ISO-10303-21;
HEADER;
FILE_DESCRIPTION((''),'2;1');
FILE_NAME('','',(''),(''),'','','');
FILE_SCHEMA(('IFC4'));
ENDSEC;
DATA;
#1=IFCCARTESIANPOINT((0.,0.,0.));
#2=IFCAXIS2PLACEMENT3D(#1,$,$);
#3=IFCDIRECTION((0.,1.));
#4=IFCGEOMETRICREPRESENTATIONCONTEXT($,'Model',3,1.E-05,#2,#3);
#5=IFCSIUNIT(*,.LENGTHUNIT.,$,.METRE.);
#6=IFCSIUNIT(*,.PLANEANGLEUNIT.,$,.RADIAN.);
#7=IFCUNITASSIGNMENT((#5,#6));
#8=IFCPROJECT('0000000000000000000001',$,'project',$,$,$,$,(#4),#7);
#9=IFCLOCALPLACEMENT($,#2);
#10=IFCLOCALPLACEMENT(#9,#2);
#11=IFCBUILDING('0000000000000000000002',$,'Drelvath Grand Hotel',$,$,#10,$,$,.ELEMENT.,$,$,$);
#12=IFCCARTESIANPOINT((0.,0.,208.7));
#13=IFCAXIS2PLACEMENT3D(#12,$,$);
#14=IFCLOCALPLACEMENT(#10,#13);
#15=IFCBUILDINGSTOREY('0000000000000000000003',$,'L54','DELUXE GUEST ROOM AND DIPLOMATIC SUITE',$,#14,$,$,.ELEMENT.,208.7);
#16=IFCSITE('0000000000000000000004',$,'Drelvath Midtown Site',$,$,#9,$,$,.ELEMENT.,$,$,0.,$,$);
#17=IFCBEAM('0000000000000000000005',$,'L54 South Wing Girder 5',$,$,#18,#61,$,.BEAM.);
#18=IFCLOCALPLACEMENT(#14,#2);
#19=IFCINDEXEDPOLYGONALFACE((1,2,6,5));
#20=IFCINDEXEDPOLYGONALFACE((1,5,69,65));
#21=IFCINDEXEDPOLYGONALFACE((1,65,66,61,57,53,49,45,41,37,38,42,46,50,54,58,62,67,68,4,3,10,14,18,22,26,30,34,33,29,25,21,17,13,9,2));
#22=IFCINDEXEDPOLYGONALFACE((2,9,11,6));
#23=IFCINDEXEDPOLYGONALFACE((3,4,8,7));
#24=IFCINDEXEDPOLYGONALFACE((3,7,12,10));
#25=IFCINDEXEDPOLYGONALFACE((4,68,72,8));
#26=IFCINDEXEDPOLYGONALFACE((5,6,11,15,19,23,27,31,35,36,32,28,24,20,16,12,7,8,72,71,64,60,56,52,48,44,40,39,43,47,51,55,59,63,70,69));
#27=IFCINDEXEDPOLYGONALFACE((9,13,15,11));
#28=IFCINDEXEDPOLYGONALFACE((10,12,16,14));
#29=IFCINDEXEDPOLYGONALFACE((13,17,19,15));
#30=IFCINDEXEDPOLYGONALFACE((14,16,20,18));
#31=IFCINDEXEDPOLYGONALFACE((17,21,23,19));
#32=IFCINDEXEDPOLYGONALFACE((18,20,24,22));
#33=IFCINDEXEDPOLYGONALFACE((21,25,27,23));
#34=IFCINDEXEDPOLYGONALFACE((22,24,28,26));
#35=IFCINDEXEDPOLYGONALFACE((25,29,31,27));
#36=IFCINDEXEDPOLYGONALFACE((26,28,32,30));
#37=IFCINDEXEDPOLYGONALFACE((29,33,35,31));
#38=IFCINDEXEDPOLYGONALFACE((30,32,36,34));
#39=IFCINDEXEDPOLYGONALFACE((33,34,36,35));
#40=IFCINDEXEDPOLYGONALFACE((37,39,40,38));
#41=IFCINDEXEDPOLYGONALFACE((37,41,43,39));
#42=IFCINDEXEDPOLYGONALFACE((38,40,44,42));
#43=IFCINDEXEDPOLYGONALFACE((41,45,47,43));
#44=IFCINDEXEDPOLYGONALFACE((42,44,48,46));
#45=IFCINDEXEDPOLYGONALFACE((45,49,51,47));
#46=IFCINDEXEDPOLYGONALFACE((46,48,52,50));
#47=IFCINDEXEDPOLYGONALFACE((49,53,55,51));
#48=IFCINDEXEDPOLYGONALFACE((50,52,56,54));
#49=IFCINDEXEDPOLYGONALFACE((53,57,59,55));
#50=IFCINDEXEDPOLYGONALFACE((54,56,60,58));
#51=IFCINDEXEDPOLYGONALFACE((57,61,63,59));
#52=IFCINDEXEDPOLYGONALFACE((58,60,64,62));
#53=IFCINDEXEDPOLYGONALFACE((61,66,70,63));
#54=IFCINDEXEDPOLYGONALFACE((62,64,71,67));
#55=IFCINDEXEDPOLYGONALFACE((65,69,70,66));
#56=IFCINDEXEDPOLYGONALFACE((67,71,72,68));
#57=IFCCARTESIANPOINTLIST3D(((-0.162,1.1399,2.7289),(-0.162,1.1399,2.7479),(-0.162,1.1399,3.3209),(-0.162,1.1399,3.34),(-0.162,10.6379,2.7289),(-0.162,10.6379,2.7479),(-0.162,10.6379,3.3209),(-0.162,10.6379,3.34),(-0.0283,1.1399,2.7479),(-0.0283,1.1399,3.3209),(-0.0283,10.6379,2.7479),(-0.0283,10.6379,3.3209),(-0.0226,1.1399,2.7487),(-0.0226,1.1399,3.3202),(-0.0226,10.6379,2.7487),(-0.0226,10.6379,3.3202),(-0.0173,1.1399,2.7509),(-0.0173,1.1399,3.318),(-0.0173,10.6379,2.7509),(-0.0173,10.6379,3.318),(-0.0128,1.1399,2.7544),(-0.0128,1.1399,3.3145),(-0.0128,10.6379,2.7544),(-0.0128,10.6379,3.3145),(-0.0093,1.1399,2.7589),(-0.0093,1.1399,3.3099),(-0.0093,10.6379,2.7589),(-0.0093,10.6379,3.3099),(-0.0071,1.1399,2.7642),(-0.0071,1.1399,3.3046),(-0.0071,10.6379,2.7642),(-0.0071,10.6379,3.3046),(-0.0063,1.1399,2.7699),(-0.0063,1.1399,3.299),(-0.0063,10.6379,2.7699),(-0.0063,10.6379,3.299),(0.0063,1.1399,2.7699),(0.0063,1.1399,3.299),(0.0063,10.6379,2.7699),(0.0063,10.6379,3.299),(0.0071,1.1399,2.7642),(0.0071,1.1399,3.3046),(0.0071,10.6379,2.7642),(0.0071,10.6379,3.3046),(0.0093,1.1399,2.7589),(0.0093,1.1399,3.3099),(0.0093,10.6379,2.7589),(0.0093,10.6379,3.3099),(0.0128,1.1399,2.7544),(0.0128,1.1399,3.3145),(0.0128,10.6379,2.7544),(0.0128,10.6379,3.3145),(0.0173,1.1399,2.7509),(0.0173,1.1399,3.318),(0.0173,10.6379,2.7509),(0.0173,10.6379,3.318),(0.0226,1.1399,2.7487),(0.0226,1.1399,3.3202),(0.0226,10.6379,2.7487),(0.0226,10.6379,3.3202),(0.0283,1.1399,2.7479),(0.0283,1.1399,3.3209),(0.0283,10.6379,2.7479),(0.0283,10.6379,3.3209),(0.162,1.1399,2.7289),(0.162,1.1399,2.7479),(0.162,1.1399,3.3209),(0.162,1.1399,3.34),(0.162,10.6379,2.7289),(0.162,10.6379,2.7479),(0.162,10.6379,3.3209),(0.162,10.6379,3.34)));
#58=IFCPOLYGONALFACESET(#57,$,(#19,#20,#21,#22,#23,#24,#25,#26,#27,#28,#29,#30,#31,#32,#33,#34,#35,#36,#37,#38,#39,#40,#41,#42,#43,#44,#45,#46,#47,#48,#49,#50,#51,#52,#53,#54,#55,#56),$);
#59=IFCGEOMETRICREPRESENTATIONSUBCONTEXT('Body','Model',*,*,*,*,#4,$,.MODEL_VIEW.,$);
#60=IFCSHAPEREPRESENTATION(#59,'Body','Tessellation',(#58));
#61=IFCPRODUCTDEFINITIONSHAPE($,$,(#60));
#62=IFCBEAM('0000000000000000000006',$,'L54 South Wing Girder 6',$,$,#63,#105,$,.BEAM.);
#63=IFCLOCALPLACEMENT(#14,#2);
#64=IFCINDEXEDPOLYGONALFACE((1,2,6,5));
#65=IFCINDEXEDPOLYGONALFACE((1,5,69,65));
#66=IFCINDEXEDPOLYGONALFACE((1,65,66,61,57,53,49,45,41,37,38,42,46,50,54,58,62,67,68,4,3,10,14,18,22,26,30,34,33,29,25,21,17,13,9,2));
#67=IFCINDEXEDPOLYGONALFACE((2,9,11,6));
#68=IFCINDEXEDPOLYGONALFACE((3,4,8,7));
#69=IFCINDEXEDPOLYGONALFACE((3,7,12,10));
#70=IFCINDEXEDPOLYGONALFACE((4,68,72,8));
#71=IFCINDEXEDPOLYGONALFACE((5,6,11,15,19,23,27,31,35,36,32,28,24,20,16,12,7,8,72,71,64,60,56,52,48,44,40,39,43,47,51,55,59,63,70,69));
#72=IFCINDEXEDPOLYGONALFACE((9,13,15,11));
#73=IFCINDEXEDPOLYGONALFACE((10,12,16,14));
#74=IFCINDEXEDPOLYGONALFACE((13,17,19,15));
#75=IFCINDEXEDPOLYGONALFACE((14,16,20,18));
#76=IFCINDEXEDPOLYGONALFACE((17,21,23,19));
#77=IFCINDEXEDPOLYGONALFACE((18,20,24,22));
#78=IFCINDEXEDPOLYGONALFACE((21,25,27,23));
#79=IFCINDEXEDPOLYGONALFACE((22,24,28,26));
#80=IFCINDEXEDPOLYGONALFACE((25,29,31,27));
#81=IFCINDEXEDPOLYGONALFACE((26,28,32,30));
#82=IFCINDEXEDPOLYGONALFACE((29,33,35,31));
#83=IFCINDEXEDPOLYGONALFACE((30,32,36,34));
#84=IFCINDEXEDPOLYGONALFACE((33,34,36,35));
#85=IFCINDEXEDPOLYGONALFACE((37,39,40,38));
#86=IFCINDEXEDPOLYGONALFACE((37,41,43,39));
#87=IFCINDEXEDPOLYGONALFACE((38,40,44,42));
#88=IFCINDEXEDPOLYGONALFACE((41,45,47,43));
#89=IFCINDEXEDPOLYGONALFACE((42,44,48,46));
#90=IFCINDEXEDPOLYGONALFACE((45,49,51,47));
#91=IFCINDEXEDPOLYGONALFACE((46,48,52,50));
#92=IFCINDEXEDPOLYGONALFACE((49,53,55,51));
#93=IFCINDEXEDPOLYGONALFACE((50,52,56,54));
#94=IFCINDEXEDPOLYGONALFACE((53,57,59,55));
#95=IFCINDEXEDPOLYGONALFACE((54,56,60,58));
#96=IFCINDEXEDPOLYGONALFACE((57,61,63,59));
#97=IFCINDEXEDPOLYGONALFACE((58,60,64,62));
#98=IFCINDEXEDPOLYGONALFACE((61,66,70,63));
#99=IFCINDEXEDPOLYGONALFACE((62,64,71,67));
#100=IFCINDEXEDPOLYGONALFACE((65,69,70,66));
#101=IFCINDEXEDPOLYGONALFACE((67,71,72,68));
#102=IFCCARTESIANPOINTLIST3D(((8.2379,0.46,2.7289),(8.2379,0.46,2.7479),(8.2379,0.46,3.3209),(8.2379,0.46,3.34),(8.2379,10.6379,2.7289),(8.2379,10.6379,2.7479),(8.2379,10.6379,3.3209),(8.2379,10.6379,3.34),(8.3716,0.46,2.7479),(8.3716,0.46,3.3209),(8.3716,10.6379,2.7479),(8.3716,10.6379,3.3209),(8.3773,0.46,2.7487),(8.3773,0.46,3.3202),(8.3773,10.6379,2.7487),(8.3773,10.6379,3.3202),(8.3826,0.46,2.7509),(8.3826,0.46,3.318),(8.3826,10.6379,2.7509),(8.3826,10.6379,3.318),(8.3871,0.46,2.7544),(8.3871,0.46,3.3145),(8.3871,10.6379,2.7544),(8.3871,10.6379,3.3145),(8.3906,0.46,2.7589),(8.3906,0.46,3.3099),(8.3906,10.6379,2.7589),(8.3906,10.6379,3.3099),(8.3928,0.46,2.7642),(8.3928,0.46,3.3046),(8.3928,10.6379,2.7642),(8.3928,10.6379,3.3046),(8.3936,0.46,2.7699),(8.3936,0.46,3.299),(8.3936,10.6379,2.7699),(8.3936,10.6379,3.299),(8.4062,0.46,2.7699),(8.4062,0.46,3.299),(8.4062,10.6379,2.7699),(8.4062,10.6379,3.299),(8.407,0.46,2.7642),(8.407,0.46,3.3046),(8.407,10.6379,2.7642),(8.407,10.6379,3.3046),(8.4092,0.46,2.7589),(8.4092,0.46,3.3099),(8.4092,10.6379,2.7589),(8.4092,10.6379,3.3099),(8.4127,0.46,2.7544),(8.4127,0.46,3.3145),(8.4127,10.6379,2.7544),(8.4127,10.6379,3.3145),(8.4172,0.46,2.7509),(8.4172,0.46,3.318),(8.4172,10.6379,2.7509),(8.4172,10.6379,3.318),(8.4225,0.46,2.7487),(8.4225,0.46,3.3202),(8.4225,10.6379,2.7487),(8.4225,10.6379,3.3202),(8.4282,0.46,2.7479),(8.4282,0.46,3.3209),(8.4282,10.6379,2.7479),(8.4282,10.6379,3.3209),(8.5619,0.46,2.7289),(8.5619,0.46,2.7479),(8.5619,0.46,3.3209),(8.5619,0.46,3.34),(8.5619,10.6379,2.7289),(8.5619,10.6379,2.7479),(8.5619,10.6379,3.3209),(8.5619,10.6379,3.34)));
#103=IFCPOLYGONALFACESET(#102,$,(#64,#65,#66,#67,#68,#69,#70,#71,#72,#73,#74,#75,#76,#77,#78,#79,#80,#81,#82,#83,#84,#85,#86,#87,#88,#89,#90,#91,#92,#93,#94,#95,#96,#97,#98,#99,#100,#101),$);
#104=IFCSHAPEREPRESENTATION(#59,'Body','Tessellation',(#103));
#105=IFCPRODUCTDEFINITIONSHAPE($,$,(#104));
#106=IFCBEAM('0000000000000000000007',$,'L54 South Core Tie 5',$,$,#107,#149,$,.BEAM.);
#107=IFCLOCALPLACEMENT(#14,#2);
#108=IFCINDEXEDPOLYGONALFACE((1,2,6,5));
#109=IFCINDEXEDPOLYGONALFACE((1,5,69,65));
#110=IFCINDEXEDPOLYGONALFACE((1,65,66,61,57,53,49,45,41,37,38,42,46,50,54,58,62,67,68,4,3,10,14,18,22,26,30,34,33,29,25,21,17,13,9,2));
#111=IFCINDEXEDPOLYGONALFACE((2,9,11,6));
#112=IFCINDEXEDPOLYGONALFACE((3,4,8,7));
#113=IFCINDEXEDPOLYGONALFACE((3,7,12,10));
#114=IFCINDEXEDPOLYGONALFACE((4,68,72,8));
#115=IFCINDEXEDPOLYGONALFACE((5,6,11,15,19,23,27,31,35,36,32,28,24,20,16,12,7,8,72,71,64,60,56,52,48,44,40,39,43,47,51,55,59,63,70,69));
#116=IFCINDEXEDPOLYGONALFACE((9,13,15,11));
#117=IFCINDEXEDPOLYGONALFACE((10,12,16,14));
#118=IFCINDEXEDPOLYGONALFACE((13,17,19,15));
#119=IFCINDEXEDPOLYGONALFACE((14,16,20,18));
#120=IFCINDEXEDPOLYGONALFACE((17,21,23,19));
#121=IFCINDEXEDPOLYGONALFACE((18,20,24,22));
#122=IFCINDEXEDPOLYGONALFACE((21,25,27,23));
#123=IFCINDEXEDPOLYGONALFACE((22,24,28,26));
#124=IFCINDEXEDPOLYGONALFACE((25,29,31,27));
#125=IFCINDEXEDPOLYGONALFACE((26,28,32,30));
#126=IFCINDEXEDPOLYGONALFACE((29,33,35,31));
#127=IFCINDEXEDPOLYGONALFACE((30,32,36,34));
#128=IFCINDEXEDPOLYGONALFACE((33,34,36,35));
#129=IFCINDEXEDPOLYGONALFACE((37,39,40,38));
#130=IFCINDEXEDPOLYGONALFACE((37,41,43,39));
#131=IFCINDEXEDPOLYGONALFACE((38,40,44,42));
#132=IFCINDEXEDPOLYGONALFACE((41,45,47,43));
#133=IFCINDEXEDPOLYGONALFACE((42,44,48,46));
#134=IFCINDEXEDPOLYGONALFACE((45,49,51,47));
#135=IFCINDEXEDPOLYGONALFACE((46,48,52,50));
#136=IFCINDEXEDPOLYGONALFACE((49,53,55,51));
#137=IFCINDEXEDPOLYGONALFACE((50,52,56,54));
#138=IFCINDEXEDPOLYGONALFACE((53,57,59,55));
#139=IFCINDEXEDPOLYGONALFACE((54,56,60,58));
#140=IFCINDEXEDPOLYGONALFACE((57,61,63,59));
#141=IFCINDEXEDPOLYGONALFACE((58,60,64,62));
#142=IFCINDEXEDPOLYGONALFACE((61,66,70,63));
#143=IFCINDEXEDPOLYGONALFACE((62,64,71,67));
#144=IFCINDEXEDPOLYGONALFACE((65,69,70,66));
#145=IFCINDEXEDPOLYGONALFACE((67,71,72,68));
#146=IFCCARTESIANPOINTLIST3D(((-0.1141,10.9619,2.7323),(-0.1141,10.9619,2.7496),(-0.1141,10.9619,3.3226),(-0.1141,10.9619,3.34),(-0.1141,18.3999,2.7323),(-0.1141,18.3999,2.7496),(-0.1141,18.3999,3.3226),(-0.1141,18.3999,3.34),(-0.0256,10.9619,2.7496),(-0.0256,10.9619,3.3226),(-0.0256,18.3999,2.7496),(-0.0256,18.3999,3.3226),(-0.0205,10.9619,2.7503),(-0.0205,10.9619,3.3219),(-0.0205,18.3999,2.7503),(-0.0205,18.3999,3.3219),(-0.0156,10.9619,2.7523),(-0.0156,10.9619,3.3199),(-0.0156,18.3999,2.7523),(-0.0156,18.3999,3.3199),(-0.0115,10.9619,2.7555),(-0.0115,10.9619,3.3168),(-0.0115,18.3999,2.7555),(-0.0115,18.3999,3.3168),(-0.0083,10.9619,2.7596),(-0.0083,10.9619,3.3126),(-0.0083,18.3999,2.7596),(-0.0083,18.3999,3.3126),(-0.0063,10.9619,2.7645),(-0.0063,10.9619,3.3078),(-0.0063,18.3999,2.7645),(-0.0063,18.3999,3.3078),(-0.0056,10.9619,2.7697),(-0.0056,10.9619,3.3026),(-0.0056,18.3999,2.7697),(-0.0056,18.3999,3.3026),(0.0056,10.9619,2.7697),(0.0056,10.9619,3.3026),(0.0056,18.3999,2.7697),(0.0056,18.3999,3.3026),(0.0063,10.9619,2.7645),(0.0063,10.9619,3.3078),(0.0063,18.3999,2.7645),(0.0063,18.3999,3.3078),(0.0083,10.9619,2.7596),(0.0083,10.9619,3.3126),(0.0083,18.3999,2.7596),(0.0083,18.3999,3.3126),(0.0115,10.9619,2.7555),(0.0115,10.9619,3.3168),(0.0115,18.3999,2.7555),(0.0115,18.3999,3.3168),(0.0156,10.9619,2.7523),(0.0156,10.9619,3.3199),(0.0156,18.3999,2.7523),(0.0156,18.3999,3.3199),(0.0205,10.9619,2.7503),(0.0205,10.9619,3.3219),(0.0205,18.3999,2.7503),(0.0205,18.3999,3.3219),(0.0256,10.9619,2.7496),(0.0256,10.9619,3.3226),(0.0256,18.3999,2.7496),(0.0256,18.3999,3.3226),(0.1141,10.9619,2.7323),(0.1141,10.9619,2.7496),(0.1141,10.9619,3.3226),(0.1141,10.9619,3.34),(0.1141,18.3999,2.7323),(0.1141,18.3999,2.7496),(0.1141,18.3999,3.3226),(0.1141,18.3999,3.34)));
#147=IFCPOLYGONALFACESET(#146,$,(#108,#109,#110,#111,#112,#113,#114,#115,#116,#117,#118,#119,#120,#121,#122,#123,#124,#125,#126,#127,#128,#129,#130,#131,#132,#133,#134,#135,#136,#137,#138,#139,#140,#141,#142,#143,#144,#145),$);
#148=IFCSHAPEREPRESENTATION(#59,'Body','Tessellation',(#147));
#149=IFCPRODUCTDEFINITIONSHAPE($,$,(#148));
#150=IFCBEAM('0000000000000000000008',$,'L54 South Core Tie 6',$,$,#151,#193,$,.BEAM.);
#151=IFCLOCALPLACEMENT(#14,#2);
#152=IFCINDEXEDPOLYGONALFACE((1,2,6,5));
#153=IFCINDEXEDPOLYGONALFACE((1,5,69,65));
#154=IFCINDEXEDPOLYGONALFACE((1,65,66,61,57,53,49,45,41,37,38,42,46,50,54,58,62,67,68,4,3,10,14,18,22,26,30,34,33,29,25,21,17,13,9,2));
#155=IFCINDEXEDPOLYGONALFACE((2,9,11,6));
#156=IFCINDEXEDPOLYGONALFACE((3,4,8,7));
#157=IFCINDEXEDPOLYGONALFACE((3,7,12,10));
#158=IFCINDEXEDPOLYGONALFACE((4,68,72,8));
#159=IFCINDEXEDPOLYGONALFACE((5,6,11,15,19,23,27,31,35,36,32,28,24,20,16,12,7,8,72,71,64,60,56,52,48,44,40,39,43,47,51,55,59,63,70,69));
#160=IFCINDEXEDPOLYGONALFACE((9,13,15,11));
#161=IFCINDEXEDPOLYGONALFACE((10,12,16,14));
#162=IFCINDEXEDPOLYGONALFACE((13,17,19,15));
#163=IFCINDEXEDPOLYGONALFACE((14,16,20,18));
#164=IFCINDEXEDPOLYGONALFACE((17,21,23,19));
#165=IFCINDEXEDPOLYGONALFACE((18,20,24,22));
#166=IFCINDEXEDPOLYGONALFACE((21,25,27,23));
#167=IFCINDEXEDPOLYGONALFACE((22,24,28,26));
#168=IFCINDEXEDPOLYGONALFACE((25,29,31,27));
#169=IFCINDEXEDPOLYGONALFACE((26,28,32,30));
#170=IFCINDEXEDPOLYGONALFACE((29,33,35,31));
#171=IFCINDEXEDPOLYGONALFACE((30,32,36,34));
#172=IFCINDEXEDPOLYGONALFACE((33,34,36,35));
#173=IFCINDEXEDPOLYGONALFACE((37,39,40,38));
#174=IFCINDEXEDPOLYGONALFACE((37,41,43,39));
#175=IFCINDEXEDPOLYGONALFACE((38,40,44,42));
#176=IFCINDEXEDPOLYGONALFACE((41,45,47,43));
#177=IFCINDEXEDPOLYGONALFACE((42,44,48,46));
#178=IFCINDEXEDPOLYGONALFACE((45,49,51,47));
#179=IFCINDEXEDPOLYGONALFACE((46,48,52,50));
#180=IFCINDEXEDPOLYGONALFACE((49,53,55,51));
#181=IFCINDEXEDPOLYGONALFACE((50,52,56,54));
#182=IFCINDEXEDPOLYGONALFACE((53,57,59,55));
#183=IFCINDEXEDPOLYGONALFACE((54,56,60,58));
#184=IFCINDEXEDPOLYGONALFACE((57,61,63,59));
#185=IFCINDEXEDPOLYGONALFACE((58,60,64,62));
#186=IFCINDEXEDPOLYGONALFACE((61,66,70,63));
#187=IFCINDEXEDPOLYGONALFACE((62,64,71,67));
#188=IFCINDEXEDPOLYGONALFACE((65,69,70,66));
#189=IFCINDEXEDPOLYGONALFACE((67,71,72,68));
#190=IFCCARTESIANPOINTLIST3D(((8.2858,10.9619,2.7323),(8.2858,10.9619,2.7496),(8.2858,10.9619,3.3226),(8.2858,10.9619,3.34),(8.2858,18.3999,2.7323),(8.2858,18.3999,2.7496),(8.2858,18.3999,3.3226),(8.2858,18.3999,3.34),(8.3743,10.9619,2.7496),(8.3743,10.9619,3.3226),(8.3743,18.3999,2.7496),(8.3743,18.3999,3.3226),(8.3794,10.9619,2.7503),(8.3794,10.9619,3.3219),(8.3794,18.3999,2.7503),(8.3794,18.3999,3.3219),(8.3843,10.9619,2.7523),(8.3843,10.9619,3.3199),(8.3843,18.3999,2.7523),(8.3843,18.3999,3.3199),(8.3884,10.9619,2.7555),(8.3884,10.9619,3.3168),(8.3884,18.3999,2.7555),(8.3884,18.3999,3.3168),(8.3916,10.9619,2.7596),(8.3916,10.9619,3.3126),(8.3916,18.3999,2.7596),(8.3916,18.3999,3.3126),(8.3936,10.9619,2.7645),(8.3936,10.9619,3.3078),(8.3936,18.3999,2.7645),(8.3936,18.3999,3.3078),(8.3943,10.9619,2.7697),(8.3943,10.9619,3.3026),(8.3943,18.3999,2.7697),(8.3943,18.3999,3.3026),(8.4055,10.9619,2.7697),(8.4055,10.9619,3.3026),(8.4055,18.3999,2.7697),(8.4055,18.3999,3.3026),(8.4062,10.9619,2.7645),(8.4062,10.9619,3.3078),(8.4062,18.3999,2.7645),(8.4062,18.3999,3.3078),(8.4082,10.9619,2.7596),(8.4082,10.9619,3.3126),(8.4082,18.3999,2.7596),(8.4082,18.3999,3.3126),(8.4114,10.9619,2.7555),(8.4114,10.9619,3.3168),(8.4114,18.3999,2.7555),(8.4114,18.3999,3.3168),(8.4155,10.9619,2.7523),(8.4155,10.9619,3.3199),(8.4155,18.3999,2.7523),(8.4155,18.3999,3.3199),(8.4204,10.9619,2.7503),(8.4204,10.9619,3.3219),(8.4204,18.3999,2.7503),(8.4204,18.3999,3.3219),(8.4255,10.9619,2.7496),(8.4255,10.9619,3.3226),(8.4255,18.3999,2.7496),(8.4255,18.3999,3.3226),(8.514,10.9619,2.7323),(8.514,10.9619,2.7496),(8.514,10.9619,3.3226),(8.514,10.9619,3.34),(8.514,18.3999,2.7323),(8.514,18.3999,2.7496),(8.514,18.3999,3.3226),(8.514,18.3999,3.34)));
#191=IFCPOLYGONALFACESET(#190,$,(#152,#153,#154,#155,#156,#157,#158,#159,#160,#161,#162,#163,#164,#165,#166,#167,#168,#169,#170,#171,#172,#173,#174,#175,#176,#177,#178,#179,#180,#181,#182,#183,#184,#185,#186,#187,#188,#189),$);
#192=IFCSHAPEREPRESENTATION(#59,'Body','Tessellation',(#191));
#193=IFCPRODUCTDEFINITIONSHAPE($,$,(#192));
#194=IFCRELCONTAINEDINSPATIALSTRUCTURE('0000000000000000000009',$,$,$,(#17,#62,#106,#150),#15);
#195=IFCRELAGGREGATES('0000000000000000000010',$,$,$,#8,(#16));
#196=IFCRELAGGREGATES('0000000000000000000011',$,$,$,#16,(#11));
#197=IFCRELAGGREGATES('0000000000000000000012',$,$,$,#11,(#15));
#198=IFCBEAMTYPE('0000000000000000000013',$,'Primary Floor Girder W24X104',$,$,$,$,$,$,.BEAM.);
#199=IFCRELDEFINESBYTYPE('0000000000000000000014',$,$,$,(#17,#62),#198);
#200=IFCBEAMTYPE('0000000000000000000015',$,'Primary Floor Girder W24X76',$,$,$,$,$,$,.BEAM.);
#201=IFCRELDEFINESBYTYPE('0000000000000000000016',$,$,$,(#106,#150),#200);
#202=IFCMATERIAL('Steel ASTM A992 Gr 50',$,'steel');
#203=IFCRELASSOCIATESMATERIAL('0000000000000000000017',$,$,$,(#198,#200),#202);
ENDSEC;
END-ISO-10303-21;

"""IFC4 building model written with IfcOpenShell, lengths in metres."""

from ifc_helpers import new_model, si_unit, direction, frame, origin, origin_2d, place, context, subcontext, project, spatial, i_section, extrude, material, material_profile, profile_set, type_object, element, save


model = new_model("IFC4")

# Units and contexts
model_context = context("Model", 3, precision=1e-05, world=origin(), true_north=direction((0.0, 1.0)))
body_context = subcontext(model_context, "Body", "Model", "MODEL_VIEW")
ifc_project = project(units=[si_unit("LENGTHUNIT", "METRE"), si_unit("PLANEANGLEUNIT", "RADIAN")], contexts=[model_context])

# Site, building, storey
site_placement = place(None, origin())
site = spatial("IfcSite", under=ifc_project, at=site_placement, Name="Drelvath Midtown Site", CompositionType="ELEMENT", RefElevation=0.0)
building_placement = place(site_placement, origin())
building = spatial("IfcBuilding", under=site, at=building_placement, Name="Drelvath Grand Hotel", CompositionType="ELEMENT")
storey_placement = place(building_placement, frame((0.0, 0.0, 208.7)))
storey = spatial("IfcBuildingStorey", under=building, at=storey_placement, Name="L54", Description="DELUXE GUEST ROOM AND DIPLOMATIC SUITE", CompositionType="ELEMENT", Elevation=208.7)

# Beams
ifc_material_1 = material(Name="Steel ASTM A992 Gr 50", Category="steel")
ifc_material_profile_1 = material_profile(ifc_material_1, i_section(OverallWidth=0.324, OverallDepth=0.6111, WebThickness=0.0127, FlangeThickness=0.019, FilletRadius=0.022, at=origin_2d()), Name="W24X104")
ifc_profile_set_1 = profile_set([ifc_material_profile_1], Name="Steel ASTM A992 Gr 50")
beam_type_1 = type_object("IfcBeamType", Name="Primary Floor Girder W24X104", PredefinedType="BEAM", material=ifc_profile_set_1)
beam_1_placement = place(storey_placement, frame((0.0, 1.1399, 3.0344), z_axis=(0.0, 1.0, 0.0), x_axis=(-1.0, 0.0, 0.0)))
element("IfcBeam", 1, at=beam_1_placement, inside=storey, type_object=beam_type_1, Name="L54 South Wing Girder 5", PredefinedType="BEAM", context=body_context, shape_type="SweptSolid", body=[
    extrude(i_section(OverallWidth=0.324, OverallDepth=0.6111, WebThickness=0.0127, FlangeThickness=0.019, FilletRadius=0.022, at=origin_2d()), origin(), (0.0, 0.0, 1.0), 9.498),
])
beam_2_placement = place(storey_placement, frame((8.3999, 0.46, 3.0344), z_axis=(0.0, 1.0, 0.0), x_axis=(-1.0, 0.0, 0.0)))
element("IfcBeam", 2, at=beam_2_placement, inside=storey, type_object=beam_type_1, Name="L54 South Wing Girder 6", PredefinedType="BEAM", context=body_context, shape_type="SweptSolid", body=[
    extrude(i_section(OverallWidth=0.324, OverallDepth=0.6111, WebThickness=0.0127, FlangeThickness=0.019, FilletRadius=0.022, at=origin_2d()), origin(), (0.0, 0.0, 1.0), 10.178),
])
ifc_material_profile_2 = material_profile(ifc_material_1, i_section(OverallWidth=0.2283, OverallDepth=0.6077, WebThickness=0.0112, FlangeThickness=0.0173, FilletRadius=0.02, at=origin_2d()), Name="W24X76")
ifc_profile_set_2 = profile_set([ifc_material_profile_2], Name="Steel ASTM A992 Gr 50")
beam_type_2 = type_object("IfcBeamType", Name="Primary Floor Girder W24X76", PredefinedType="BEAM", material=ifc_profile_set_2)
for number, where, z_axis, x_axis, name in (
    (3, (0.0, 10.9619, 3.0361), (0.0, 1.0, 0.0), (-1.0, 0.0, 0.0), "L54 South Core Tie 5"),
    (4, (8.3999, 10.9619, 3.0361), (0.0, 1.0, 0.0), (-1.0, 0.0, 0.0), "L54 South Core Tie 6"),
):
    element("IfcBeam", number, at=place(storey_placement, frame(where, z_axis=z_axis, x_axis=x_axis)), inside=storey, type_object=beam_type_2, Name=name, PredefinedType="BEAM", context=body_context, shape_type="SweptSolid", body=[
        extrude(i_section(OverallWidth=0.2283, OverallDepth=0.6077, WebThickness=0.0112, FlangeThickness=0.0173, FilletRadius=0.02, at=origin_2d()), origin(), (0.0, 0.0, 1.0), 7.438),
    ])

save(model, "model.ifc")
